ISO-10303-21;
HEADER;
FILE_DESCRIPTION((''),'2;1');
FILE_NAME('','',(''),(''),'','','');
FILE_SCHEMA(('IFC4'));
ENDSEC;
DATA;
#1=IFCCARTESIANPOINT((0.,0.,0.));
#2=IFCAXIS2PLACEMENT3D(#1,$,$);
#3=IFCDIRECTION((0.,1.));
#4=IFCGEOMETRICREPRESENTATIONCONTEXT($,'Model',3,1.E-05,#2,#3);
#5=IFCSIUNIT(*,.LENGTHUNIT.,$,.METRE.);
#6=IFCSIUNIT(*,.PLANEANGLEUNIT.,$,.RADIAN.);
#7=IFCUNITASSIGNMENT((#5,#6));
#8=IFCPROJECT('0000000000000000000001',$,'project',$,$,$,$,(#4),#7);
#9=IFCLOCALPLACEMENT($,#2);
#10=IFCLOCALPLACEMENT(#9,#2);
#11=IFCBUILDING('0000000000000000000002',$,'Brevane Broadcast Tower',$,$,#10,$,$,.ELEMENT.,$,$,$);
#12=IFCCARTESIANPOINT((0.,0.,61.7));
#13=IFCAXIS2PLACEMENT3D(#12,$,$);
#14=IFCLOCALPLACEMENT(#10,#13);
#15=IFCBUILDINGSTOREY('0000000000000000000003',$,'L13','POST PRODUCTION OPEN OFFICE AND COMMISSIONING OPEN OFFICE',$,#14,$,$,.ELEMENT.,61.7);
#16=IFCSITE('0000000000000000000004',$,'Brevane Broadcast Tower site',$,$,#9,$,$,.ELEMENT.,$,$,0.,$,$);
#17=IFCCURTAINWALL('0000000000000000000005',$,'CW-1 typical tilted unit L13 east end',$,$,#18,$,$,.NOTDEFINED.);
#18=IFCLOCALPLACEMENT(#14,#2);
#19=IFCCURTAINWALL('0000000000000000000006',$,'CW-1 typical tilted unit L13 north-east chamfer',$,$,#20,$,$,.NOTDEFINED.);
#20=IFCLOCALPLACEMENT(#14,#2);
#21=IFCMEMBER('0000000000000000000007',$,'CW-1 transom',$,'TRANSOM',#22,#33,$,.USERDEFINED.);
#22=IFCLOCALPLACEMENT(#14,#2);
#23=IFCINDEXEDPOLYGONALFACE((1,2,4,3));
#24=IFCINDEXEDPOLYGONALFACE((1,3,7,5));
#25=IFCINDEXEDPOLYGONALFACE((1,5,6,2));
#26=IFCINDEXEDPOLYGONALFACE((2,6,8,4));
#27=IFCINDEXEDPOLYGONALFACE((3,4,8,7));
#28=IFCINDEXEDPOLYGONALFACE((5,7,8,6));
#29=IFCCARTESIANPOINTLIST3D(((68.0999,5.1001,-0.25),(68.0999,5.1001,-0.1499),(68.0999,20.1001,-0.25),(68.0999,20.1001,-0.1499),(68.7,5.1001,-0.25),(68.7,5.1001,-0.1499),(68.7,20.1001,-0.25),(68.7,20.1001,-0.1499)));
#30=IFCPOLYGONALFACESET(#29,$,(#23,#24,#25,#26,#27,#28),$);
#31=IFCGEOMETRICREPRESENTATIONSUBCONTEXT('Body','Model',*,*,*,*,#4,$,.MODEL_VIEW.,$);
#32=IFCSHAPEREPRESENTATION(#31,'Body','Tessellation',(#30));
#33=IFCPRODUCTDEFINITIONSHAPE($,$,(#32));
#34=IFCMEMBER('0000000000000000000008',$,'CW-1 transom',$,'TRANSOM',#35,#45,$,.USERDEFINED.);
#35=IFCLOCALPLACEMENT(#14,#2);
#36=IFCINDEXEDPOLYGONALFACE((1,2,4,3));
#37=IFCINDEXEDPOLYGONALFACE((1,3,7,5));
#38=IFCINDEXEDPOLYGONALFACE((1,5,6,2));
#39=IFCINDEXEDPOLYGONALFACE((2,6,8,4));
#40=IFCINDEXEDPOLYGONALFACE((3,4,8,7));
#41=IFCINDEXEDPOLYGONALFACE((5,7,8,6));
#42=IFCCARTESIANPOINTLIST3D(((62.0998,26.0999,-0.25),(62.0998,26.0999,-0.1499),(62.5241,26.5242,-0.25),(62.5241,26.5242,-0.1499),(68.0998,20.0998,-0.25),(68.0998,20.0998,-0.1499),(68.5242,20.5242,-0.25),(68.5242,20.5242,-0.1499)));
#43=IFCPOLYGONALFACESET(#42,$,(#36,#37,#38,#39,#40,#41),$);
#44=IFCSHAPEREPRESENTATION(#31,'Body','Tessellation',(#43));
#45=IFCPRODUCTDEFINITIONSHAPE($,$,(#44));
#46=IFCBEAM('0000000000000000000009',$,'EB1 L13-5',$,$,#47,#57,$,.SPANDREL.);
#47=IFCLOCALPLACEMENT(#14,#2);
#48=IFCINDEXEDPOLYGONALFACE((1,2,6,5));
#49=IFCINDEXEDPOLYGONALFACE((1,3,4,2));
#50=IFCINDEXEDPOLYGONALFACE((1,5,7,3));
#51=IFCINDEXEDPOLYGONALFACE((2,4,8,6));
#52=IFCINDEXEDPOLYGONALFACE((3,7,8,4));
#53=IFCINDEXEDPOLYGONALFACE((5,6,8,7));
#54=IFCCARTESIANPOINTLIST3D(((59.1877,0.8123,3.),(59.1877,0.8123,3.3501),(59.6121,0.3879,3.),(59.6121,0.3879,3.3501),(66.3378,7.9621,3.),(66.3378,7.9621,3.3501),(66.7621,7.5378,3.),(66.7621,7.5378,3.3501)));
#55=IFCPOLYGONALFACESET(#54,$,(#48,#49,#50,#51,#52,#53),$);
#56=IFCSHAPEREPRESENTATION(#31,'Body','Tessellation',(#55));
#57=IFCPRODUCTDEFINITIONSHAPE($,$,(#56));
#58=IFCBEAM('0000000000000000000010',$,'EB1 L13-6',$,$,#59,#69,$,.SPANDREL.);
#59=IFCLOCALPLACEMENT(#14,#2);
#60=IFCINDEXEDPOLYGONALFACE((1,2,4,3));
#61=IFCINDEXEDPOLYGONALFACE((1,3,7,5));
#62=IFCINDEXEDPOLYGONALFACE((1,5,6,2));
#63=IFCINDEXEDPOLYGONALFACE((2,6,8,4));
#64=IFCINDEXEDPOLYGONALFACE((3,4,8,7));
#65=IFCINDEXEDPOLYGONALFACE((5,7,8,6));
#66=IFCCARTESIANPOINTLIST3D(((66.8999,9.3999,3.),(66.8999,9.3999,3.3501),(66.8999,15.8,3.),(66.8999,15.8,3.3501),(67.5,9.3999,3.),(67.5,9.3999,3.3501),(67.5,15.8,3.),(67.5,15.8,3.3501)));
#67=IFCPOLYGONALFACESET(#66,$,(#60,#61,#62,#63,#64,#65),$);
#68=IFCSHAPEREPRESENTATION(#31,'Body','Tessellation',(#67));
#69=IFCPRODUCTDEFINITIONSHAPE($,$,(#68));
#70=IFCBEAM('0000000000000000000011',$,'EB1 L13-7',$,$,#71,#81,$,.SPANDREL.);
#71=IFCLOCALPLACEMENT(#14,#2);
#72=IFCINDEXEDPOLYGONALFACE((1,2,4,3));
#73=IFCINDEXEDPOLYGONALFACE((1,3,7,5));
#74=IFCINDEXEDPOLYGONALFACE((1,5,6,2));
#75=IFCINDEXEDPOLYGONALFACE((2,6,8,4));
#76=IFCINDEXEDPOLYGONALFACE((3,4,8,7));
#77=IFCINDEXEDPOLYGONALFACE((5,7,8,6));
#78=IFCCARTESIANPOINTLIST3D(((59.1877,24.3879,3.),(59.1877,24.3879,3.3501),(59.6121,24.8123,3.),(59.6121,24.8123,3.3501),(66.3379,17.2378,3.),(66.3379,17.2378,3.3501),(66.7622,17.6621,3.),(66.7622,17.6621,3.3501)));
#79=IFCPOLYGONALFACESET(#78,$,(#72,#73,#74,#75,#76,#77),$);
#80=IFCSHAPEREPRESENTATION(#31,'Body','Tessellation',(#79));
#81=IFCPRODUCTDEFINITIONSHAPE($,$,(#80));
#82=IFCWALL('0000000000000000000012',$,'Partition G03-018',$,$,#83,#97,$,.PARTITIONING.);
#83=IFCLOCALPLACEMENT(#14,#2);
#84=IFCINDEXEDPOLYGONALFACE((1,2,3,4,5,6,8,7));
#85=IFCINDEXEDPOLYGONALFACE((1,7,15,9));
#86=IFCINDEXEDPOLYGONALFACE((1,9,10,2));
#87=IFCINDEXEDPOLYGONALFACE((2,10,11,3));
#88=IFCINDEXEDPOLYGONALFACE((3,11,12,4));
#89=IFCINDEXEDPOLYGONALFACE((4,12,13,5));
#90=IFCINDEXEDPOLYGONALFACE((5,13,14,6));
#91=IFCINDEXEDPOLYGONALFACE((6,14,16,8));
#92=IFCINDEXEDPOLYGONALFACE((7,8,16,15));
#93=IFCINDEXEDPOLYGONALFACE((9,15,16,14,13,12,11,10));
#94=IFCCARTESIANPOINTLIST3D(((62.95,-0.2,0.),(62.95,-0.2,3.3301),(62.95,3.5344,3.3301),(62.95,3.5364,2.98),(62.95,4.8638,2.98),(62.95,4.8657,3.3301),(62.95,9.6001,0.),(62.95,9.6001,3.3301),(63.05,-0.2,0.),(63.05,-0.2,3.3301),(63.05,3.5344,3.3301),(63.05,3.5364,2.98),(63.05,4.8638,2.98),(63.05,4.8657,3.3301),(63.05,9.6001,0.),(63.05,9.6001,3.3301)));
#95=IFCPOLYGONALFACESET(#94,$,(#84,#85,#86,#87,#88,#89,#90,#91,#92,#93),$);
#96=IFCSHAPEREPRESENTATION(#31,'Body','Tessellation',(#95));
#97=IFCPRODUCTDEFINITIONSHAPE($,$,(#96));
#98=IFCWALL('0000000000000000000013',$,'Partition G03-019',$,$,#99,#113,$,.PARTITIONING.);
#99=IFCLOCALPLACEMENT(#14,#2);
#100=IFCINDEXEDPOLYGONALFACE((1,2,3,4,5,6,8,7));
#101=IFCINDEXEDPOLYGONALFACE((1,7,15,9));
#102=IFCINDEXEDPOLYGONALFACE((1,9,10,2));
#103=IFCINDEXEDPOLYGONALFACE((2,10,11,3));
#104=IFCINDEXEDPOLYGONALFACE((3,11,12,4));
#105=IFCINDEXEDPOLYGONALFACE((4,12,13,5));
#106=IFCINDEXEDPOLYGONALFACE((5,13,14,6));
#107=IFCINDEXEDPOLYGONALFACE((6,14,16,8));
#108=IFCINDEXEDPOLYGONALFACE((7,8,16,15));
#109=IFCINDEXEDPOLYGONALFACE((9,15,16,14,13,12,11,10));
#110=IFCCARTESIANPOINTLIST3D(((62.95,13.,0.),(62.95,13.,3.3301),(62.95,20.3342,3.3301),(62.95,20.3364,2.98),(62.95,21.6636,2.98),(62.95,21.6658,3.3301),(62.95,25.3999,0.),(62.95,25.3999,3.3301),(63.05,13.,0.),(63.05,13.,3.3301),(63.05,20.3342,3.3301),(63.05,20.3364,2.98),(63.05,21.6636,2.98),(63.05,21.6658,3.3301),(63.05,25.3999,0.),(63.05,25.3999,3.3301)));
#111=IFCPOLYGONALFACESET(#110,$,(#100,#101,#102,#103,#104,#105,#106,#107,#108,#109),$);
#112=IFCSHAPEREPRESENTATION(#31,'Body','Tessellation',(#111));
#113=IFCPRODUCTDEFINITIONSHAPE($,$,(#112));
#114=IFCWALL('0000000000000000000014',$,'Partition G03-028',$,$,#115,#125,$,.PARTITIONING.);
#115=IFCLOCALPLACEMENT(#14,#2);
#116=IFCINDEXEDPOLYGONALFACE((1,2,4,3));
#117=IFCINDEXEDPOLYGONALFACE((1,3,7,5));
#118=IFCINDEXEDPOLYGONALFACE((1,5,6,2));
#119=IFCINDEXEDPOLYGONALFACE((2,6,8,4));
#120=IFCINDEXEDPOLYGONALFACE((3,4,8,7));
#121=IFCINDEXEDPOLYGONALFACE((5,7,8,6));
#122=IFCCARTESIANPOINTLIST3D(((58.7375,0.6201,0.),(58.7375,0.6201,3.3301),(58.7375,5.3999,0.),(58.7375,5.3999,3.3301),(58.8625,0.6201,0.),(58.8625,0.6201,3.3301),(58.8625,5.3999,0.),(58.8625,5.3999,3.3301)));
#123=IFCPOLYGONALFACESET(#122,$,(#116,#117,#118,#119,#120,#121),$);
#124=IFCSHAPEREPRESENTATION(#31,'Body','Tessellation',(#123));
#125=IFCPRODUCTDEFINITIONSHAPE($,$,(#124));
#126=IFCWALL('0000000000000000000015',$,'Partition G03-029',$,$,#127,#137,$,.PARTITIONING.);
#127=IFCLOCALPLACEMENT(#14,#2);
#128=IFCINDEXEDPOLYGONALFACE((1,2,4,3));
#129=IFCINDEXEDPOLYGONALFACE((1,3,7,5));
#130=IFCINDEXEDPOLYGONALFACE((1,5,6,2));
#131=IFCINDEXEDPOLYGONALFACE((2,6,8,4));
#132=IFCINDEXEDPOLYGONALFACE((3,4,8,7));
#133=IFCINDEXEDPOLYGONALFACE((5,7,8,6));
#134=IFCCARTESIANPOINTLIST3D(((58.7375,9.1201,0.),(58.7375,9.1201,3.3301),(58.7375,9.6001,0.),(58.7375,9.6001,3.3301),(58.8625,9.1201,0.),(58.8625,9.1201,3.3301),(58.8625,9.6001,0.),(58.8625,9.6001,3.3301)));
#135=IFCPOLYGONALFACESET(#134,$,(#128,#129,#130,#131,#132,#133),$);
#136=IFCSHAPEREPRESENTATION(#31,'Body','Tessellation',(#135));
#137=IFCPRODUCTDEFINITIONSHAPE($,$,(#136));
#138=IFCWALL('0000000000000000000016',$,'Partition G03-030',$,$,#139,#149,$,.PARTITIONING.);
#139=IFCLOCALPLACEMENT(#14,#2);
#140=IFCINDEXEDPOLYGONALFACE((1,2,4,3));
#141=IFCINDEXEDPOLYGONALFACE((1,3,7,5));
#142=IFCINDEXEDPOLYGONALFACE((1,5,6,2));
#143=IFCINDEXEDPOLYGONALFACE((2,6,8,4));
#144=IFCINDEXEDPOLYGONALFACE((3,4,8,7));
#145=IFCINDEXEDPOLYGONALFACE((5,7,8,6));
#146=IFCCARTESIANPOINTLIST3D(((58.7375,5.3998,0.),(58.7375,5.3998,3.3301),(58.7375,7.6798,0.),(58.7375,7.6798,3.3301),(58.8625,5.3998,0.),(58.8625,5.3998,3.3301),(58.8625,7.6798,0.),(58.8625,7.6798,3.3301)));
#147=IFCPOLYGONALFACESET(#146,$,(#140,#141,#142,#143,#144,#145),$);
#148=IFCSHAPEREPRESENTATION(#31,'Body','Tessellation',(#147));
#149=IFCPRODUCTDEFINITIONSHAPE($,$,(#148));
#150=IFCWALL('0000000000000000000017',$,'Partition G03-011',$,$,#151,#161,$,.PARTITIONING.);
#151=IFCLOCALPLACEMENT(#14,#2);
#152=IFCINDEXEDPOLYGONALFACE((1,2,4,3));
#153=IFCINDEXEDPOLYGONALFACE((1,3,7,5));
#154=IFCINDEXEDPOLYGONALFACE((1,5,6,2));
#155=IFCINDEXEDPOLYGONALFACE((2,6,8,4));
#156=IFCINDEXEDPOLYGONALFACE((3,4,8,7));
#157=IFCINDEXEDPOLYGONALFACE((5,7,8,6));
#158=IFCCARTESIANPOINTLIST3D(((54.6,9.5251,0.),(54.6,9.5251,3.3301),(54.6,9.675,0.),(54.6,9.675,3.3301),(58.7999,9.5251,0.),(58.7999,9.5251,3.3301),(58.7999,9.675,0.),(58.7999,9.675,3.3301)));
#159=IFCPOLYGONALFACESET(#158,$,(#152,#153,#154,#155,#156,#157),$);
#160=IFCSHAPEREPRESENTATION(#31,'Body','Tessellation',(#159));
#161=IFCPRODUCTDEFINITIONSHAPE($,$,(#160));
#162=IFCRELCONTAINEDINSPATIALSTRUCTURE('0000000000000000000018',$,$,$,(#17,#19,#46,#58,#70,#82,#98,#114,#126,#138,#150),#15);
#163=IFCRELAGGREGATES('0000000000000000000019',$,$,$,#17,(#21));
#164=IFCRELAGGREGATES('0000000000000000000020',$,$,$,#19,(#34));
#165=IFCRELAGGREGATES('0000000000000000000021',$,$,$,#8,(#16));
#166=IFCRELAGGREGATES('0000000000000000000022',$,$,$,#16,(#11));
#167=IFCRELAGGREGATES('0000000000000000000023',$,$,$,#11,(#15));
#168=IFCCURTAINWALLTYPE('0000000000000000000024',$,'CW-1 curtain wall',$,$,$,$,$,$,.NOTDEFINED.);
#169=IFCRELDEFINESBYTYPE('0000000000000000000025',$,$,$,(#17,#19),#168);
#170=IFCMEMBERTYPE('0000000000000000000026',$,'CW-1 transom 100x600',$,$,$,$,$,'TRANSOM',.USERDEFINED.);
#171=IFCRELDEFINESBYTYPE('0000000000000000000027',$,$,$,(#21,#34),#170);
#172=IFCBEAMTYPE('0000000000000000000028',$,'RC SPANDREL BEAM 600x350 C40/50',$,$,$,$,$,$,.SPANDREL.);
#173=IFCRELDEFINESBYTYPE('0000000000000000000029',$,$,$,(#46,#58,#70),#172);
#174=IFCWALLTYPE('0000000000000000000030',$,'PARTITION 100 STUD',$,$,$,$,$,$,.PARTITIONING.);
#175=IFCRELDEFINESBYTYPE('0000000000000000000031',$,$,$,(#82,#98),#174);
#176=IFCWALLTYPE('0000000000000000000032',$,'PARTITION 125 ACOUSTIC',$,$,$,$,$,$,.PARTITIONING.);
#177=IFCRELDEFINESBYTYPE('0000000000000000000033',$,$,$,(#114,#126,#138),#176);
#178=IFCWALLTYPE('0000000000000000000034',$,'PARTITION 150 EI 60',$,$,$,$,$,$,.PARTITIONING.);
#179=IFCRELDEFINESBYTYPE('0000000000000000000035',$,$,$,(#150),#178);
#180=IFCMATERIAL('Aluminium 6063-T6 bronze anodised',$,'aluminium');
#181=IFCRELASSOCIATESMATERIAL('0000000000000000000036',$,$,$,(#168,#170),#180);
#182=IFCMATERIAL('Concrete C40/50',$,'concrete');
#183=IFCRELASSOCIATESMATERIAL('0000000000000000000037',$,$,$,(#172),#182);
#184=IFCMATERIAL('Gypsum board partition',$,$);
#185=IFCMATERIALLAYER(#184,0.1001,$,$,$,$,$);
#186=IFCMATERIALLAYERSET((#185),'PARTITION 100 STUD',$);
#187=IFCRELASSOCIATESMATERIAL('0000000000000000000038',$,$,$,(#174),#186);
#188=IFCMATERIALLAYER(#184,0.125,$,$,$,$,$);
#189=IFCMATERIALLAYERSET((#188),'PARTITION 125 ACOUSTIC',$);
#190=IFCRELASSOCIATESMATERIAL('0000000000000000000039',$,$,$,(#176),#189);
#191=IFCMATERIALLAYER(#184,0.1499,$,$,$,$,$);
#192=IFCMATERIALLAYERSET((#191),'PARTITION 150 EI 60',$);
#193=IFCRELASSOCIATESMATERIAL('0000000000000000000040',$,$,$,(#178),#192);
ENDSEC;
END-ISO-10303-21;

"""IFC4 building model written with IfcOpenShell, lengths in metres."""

from ifc_helpers import new_model, si_unit, direction, frame, frame_2d, origin, origin_2d, place, context, subcontext, project, spatial, polyline, rectangle, outline, extrude, material, layer, layer_set, material_profile, profile_set, type_object, element, aggregate, save


model = new_model("IFC4")

# Units and contexts
model_context = context("Model", 3, precision=1e-05, world=origin(), true_north=direction((0.0, 1.0)))
body_context = subcontext(model_context, "Body", "Model", "MODEL_VIEW")
ifc_project = project(units=[si_unit("LENGTHUNIT", "METRE"), si_unit("PLANEANGLEUNIT", "RADIAN")], contexts=[model_context])

# Site, building, storey
site_placement = place(None, origin())
site = spatial("IfcSite", under=ifc_project, at=site_placement, Name="Brevane Broadcast Tower site", CompositionType="ELEMENT", RefElevation=0.0)
building_placement = place(site_placement, origin())
building = spatial("IfcBuilding", under=site, at=building_placement, Name="Brevane Broadcast Tower", CompositionType="ELEMENT")
storey_placement = place(building_placement, frame((0.0, 0.0, 61.7)))
storey = spatial("IfcBuildingStorey", under=building, at=storey_placement, Name="L13", Description="POST PRODUCTION OPEN OFFICE AND COMMISSIONING OPEN OFFICE", CompositionType="ELEMENT", Elevation=61.7)

# Shared definitions
ifc_material_1 = material(Name="Aluminium 6063-T6 bronze anodised", Category="aluminium")
curtain_wall_type = type_object("IfcCurtainWallType", Name="CW-1 curtain wall", PredefinedType="NOTDEFINED", material=ifc_material_1)

# Curtain wall
curtain_wall_1_placement = place(storey_placement, origin())
curtain_wall_1 = element("IfcCurtainWall", 1, at=curtain_wall_1_placement, inside=storey, type_object=curtain_wall_type, Name="CW-1 typical tilted unit L13 east end", PredefinedType="NOTDEFINED")

# Curtain wall
curtain_wall_2_placement = place(storey_placement, origin())
curtain_wall_2 = element("IfcCurtainWall", 2, at=curtain_wall_2_placement, inside=storey, type_object=curtain_wall_type, Name="CW-1 typical tilted unit L13 north-east chamfer", PredefinedType="NOTDEFINED")

# Members
ifc_material_profile_1 = material_profile(ifc_material_1, rectangle(XDim=0.6001, YDim=0.1001, at=origin_2d()), Name="RECT 100x600")
ifc_profile_set_1 = profile_set([ifc_material_profile_1], Name="Aluminium 6063-T6 bronze anodised")
member_type_1 = type_object("IfcMemberType", Name="CW-1 transom 100x600", ElementType="TRANSOM", PredefinedType="USERDEFINED", material=ifc_profile_set_1)
member_1_placement = place(storey_placement, frame((68.3999, 5.1001, -0.2), z_axis=(0.0, 1.0, 0.0), x_axis=(-1.0, 0.0, 0.0)))
member_1 = element("IfcMember", 3, at=member_1_placement, type_object=member_type_1, Name="CW-1 transom", ObjectType="TRANSOM", PredefinedType="USERDEFINED", context=body_context, shape_type="SweptSolid", body=[
    extrude(rectangle(XDim=0.6001, YDim=0.1001, at=origin_2d()), origin(), (0.0, 0.0, 1.0), 15.0),
])
aggregate(curtain_wall_1, [member_1])
member_2_placement = place(storey_placement, frame((68.312, 20.312, -0.2), z_axis=(-0.707107, 0.707107, 0.0), x_axis=(-0.707107, -0.707107, 0.0)))
member_2 = element("IfcMember", 4, at=member_2_placement, type_object=member_type_1, Name="CW-1 transom", ObjectType="TRANSOM", PredefinedType="USERDEFINED", context=body_context, shape_type="SweptSolid", body=[
    extrude(rectangle(XDim=0.6001, YDim=0.1001, at=origin_2d()), origin(), (0.0, 0.0, 1.0), 8.4854),
])
aggregate(curtain_wall_2, [member_2])

# Beams
ifc_material_2 = material(Name="Concrete C40/50", Category="concrete")
ifc_material_profile_2 = material_profile(ifc_material_2, rectangle(XDim=0.6001, YDim=0.3501, at=origin_2d()), Name="RC 600x350")
ifc_profile_set_2 = profile_set([ifc_material_profile_2], Name="Concrete C40/50")
beam_type = type_object("IfcBeamType", Name="RC SPANDREL BEAM 600x350 C40/50", PredefinedType="SPANDREL", material=ifc_profile_set_2)
beam_1_placement = place(storey_placement, frame((59.3999, 0.6001, 3.175), z_axis=(0.707119, 0.707095, 0.0), x_axis=(-0.707095, 0.707119, 0.0)))
element("IfcBeam", 5, at=beam_1_placement, inside=storey, type_object=beam_type, Name="EB1 L13-5", PredefinedType="SPANDREL", context=body_context, shape_type="SweptSolid", body=[
    extrude(rectangle(XDim=0.6001, YDim=0.3501, at=origin_2d()), origin(), (0.0, 0.0, 1.0), 10.1116),
])
beam_2_placement = place(storey_placement, frame((67.2, 9.3999, 3.175), z_axis=(0.0, 1.0, 0.0), x_axis=(-1.0, 0.0, 0.0)))
element("IfcBeam", 6, at=beam_2_placement, inside=storey, type_object=beam_type, Name="EB1 L13-6", PredefinedType="SPANDREL", context=body_context, shape_type="SweptSolid", body=[
    extrude(rectangle(XDim=0.6001, YDim=0.3501, at=origin_2d()), origin(), (0.0, 0.0, 1.0), 6.4001),
])
beam_3_placement = place(storey_placement, frame((66.55, 17.45, 3.175), z_axis=(-0.707107, 0.707107, 0.0), x_axis=(-0.707107, -0.707107, 0.0)))
element("IfcBeam", 7, at=beam_3_placement, inside=storey, type_object=beam_type, Name="EB1 L13-7", PredefinedType="SPANDREL", context=body_context, shape_type="SweptSolid", body=[
    extrude(rectangle(XDim=0.6001, YDim=0.3501, at=origin_2d()), origin(), (0.0, 0.0, 1.0), 10.1118),
])

# Walls
ifc_material_3 = material(Name="Gypsum board partition")
ifc_layer_1 = layer(ifc_material_3, 0.1001)
ifc_layer_set_1 = layer_set([ifc_layer_1], Name="PARTITION 100 STUD")
wall_type_1 = type_object("IfcWallType", Name="PARTITION 100 STUD", PredefinedType="PARTITIONING", material=ifc_layer_set_1)
wall_1_placement = place(storey_placement, frame((63.0, -0.2, 0.0), z_axis=(0.0, 0.0, 1.0), x_axis=(0.0, 1.0, 0.0)))
element("IfcWall", 8, at=wall_1_placement, inside=storey, type_object=wall_type_1, Name="Partition G03-018", PredefinedType="PARTITIONING", context=body_context, shape_type="SweptSolid", body=[
    extrude(outline(polyline([(0.0, 0.0), (9.8, 0.0), (9.8, 3.3301), (5.0657, 3.3301), (5.0637, 2.98), (3.7363, 2.98), (3.7344, 3.3301), (0.0, 3.3301), (0.0, 0.0)])), frame((0.0, 0.05, 0.0), z_axis=(0.0, -1.0, 0.0), x_axis=(1.0, 0.0, 0.0)), (0.0, 0.0, 1.0), 0.1001),
])
wall_2_placement = place(storey_placement, frame((63.0, 13.0, 0.0), z_axis=(0.0, 0.0, 1.0), x_axis=(0.0, 1.0, 0.0)))
element("IfcWall", 9, at=wall_2_placement, inside=storey, type_object=wall_type_1, Name="Partition G03-019", PredefinedType="PARTITIONING", context=body_context, shape_type="SweptSolid", body=[
    extrude(outline(polyline([(0.0, 0.0), (12.3999, 0.0), (12.3999, 3.3301), (8.6658, 3.3301), (8.6636, 2.98), (7.3364, 2.98), (7.3342, 3.3301), (0.0, 3.3301), (0.0, 0.0)])), frame((0.0, 0.05, 0.0), z_axis=(0.0, -1.0, 0.0), x_axis=(1.0, 0.0, 0.0)), (0.0, 0.0, 1.0), 0.1001),
])
ifc_layer_2 = layer(ifc_material_3, 0.125)
ifc_layer_set_2 = layer_set([ifc_layer_2], Name="PARTITION 125 ACOUSTIC")
wall_type_2 = type_object("IfcWallType", Name="PARTITION 125 ACOUSTIC", PredefinedType="PARTITIONING", material=ifc_layer_set_2)
wall_3_placement = place(storey_placement, frame((58.8, 5.3999, 0.0), z_axis=(0.0, 0.0, 1.0), x_axis=(0.0, -1.0, 0.0)))
element("IfcWall", 10, at=wall_3_placement, inside=storey, type_object=wall_type_2, Name="Partition G03-028", PredefinedType="PARTITIONING", context=body_context, shape_type="SweptSolid", body=[
    extrude(rectangle(XDim=4.7798, YDim=0.125, at=frame_2d((2.3899, 0.0))), origin(), (0.0, 0.0, 1.0), 3.3301),
])
wall_4_placement = place(storey_placement, frame((58.8, 9.6001, 0.0), z_axis=(0.0, 0.0, 1.0), x_axis=(0.0, -1.0, 0.0)))
element("IfcWall", 11, at=wall_4_placement, inside=storey, type_object=wall_type_2, Name="Partition G03-029", PredefinedType="PARTITIONING", context=body_context, shape_type="SweptSolid", body=[
    extrude(rectangle(XDim=0.48, YDim=0.125, at=frame_2d((0.24, 0.0))), origin(), (0.0, 0.0, 1.0), 3.3301),
])
wall_5_placement = place(storey_placement, frame((58.8, 7.6799, 0.0), z_axis=(0.0, 0.0, 1.0), x_axis=(0.0, -1.0, 0.0)))
element("IfcWall", 12, at=wall_5_placement, inside=storey, type_object=wall_type_2, Name="Partition G03-030", PredefinedType="PARTITIONING", context=body_context, shape_type="SweptSolid", body=[
    extrude(rectangle(XDim=2.28, YDim=0.125, at=frame_2d((1.1401, 0.0))), origin(), (0.0, 0.0, 1.0), 3.3301),
])

# Shared definitions
ifc_layer_3 = layer(ifc_material_3, 0.1499)
ifc_layer_set_3 = layer_set([ifc_layer_3], Name="PARTITION 150 EI 60")
wall_type_3 = type_object("IfcWallType", Name="PARTITION 150 EI 60", PredefinedType="PARTITIONING", material=ifc_layer_set_3)

# Wall
wall_6_placement = place(storey_placement, frame((58.8, 9.6001, 0.0), z_axis=(0.0, 0.0, 1.0), x_axis=(-1.0, 0.0, 0.0)))
element("IfcWall", 13, at=wall_6_placement, inside=storey, type_object=wall_type_3, Name="Partition G03-011", PredefinedType="PARTITIONING", context=body_context, shape_type="SweptSolid", body=[
    extrude(rectangle(XDim=4.2, YDim=0.1499, at=frame_2d((2.1001, 0.0))), origin(), (0.0, 0.0, 1.0), 3.3301),
])

save(model, "model.ifc")
